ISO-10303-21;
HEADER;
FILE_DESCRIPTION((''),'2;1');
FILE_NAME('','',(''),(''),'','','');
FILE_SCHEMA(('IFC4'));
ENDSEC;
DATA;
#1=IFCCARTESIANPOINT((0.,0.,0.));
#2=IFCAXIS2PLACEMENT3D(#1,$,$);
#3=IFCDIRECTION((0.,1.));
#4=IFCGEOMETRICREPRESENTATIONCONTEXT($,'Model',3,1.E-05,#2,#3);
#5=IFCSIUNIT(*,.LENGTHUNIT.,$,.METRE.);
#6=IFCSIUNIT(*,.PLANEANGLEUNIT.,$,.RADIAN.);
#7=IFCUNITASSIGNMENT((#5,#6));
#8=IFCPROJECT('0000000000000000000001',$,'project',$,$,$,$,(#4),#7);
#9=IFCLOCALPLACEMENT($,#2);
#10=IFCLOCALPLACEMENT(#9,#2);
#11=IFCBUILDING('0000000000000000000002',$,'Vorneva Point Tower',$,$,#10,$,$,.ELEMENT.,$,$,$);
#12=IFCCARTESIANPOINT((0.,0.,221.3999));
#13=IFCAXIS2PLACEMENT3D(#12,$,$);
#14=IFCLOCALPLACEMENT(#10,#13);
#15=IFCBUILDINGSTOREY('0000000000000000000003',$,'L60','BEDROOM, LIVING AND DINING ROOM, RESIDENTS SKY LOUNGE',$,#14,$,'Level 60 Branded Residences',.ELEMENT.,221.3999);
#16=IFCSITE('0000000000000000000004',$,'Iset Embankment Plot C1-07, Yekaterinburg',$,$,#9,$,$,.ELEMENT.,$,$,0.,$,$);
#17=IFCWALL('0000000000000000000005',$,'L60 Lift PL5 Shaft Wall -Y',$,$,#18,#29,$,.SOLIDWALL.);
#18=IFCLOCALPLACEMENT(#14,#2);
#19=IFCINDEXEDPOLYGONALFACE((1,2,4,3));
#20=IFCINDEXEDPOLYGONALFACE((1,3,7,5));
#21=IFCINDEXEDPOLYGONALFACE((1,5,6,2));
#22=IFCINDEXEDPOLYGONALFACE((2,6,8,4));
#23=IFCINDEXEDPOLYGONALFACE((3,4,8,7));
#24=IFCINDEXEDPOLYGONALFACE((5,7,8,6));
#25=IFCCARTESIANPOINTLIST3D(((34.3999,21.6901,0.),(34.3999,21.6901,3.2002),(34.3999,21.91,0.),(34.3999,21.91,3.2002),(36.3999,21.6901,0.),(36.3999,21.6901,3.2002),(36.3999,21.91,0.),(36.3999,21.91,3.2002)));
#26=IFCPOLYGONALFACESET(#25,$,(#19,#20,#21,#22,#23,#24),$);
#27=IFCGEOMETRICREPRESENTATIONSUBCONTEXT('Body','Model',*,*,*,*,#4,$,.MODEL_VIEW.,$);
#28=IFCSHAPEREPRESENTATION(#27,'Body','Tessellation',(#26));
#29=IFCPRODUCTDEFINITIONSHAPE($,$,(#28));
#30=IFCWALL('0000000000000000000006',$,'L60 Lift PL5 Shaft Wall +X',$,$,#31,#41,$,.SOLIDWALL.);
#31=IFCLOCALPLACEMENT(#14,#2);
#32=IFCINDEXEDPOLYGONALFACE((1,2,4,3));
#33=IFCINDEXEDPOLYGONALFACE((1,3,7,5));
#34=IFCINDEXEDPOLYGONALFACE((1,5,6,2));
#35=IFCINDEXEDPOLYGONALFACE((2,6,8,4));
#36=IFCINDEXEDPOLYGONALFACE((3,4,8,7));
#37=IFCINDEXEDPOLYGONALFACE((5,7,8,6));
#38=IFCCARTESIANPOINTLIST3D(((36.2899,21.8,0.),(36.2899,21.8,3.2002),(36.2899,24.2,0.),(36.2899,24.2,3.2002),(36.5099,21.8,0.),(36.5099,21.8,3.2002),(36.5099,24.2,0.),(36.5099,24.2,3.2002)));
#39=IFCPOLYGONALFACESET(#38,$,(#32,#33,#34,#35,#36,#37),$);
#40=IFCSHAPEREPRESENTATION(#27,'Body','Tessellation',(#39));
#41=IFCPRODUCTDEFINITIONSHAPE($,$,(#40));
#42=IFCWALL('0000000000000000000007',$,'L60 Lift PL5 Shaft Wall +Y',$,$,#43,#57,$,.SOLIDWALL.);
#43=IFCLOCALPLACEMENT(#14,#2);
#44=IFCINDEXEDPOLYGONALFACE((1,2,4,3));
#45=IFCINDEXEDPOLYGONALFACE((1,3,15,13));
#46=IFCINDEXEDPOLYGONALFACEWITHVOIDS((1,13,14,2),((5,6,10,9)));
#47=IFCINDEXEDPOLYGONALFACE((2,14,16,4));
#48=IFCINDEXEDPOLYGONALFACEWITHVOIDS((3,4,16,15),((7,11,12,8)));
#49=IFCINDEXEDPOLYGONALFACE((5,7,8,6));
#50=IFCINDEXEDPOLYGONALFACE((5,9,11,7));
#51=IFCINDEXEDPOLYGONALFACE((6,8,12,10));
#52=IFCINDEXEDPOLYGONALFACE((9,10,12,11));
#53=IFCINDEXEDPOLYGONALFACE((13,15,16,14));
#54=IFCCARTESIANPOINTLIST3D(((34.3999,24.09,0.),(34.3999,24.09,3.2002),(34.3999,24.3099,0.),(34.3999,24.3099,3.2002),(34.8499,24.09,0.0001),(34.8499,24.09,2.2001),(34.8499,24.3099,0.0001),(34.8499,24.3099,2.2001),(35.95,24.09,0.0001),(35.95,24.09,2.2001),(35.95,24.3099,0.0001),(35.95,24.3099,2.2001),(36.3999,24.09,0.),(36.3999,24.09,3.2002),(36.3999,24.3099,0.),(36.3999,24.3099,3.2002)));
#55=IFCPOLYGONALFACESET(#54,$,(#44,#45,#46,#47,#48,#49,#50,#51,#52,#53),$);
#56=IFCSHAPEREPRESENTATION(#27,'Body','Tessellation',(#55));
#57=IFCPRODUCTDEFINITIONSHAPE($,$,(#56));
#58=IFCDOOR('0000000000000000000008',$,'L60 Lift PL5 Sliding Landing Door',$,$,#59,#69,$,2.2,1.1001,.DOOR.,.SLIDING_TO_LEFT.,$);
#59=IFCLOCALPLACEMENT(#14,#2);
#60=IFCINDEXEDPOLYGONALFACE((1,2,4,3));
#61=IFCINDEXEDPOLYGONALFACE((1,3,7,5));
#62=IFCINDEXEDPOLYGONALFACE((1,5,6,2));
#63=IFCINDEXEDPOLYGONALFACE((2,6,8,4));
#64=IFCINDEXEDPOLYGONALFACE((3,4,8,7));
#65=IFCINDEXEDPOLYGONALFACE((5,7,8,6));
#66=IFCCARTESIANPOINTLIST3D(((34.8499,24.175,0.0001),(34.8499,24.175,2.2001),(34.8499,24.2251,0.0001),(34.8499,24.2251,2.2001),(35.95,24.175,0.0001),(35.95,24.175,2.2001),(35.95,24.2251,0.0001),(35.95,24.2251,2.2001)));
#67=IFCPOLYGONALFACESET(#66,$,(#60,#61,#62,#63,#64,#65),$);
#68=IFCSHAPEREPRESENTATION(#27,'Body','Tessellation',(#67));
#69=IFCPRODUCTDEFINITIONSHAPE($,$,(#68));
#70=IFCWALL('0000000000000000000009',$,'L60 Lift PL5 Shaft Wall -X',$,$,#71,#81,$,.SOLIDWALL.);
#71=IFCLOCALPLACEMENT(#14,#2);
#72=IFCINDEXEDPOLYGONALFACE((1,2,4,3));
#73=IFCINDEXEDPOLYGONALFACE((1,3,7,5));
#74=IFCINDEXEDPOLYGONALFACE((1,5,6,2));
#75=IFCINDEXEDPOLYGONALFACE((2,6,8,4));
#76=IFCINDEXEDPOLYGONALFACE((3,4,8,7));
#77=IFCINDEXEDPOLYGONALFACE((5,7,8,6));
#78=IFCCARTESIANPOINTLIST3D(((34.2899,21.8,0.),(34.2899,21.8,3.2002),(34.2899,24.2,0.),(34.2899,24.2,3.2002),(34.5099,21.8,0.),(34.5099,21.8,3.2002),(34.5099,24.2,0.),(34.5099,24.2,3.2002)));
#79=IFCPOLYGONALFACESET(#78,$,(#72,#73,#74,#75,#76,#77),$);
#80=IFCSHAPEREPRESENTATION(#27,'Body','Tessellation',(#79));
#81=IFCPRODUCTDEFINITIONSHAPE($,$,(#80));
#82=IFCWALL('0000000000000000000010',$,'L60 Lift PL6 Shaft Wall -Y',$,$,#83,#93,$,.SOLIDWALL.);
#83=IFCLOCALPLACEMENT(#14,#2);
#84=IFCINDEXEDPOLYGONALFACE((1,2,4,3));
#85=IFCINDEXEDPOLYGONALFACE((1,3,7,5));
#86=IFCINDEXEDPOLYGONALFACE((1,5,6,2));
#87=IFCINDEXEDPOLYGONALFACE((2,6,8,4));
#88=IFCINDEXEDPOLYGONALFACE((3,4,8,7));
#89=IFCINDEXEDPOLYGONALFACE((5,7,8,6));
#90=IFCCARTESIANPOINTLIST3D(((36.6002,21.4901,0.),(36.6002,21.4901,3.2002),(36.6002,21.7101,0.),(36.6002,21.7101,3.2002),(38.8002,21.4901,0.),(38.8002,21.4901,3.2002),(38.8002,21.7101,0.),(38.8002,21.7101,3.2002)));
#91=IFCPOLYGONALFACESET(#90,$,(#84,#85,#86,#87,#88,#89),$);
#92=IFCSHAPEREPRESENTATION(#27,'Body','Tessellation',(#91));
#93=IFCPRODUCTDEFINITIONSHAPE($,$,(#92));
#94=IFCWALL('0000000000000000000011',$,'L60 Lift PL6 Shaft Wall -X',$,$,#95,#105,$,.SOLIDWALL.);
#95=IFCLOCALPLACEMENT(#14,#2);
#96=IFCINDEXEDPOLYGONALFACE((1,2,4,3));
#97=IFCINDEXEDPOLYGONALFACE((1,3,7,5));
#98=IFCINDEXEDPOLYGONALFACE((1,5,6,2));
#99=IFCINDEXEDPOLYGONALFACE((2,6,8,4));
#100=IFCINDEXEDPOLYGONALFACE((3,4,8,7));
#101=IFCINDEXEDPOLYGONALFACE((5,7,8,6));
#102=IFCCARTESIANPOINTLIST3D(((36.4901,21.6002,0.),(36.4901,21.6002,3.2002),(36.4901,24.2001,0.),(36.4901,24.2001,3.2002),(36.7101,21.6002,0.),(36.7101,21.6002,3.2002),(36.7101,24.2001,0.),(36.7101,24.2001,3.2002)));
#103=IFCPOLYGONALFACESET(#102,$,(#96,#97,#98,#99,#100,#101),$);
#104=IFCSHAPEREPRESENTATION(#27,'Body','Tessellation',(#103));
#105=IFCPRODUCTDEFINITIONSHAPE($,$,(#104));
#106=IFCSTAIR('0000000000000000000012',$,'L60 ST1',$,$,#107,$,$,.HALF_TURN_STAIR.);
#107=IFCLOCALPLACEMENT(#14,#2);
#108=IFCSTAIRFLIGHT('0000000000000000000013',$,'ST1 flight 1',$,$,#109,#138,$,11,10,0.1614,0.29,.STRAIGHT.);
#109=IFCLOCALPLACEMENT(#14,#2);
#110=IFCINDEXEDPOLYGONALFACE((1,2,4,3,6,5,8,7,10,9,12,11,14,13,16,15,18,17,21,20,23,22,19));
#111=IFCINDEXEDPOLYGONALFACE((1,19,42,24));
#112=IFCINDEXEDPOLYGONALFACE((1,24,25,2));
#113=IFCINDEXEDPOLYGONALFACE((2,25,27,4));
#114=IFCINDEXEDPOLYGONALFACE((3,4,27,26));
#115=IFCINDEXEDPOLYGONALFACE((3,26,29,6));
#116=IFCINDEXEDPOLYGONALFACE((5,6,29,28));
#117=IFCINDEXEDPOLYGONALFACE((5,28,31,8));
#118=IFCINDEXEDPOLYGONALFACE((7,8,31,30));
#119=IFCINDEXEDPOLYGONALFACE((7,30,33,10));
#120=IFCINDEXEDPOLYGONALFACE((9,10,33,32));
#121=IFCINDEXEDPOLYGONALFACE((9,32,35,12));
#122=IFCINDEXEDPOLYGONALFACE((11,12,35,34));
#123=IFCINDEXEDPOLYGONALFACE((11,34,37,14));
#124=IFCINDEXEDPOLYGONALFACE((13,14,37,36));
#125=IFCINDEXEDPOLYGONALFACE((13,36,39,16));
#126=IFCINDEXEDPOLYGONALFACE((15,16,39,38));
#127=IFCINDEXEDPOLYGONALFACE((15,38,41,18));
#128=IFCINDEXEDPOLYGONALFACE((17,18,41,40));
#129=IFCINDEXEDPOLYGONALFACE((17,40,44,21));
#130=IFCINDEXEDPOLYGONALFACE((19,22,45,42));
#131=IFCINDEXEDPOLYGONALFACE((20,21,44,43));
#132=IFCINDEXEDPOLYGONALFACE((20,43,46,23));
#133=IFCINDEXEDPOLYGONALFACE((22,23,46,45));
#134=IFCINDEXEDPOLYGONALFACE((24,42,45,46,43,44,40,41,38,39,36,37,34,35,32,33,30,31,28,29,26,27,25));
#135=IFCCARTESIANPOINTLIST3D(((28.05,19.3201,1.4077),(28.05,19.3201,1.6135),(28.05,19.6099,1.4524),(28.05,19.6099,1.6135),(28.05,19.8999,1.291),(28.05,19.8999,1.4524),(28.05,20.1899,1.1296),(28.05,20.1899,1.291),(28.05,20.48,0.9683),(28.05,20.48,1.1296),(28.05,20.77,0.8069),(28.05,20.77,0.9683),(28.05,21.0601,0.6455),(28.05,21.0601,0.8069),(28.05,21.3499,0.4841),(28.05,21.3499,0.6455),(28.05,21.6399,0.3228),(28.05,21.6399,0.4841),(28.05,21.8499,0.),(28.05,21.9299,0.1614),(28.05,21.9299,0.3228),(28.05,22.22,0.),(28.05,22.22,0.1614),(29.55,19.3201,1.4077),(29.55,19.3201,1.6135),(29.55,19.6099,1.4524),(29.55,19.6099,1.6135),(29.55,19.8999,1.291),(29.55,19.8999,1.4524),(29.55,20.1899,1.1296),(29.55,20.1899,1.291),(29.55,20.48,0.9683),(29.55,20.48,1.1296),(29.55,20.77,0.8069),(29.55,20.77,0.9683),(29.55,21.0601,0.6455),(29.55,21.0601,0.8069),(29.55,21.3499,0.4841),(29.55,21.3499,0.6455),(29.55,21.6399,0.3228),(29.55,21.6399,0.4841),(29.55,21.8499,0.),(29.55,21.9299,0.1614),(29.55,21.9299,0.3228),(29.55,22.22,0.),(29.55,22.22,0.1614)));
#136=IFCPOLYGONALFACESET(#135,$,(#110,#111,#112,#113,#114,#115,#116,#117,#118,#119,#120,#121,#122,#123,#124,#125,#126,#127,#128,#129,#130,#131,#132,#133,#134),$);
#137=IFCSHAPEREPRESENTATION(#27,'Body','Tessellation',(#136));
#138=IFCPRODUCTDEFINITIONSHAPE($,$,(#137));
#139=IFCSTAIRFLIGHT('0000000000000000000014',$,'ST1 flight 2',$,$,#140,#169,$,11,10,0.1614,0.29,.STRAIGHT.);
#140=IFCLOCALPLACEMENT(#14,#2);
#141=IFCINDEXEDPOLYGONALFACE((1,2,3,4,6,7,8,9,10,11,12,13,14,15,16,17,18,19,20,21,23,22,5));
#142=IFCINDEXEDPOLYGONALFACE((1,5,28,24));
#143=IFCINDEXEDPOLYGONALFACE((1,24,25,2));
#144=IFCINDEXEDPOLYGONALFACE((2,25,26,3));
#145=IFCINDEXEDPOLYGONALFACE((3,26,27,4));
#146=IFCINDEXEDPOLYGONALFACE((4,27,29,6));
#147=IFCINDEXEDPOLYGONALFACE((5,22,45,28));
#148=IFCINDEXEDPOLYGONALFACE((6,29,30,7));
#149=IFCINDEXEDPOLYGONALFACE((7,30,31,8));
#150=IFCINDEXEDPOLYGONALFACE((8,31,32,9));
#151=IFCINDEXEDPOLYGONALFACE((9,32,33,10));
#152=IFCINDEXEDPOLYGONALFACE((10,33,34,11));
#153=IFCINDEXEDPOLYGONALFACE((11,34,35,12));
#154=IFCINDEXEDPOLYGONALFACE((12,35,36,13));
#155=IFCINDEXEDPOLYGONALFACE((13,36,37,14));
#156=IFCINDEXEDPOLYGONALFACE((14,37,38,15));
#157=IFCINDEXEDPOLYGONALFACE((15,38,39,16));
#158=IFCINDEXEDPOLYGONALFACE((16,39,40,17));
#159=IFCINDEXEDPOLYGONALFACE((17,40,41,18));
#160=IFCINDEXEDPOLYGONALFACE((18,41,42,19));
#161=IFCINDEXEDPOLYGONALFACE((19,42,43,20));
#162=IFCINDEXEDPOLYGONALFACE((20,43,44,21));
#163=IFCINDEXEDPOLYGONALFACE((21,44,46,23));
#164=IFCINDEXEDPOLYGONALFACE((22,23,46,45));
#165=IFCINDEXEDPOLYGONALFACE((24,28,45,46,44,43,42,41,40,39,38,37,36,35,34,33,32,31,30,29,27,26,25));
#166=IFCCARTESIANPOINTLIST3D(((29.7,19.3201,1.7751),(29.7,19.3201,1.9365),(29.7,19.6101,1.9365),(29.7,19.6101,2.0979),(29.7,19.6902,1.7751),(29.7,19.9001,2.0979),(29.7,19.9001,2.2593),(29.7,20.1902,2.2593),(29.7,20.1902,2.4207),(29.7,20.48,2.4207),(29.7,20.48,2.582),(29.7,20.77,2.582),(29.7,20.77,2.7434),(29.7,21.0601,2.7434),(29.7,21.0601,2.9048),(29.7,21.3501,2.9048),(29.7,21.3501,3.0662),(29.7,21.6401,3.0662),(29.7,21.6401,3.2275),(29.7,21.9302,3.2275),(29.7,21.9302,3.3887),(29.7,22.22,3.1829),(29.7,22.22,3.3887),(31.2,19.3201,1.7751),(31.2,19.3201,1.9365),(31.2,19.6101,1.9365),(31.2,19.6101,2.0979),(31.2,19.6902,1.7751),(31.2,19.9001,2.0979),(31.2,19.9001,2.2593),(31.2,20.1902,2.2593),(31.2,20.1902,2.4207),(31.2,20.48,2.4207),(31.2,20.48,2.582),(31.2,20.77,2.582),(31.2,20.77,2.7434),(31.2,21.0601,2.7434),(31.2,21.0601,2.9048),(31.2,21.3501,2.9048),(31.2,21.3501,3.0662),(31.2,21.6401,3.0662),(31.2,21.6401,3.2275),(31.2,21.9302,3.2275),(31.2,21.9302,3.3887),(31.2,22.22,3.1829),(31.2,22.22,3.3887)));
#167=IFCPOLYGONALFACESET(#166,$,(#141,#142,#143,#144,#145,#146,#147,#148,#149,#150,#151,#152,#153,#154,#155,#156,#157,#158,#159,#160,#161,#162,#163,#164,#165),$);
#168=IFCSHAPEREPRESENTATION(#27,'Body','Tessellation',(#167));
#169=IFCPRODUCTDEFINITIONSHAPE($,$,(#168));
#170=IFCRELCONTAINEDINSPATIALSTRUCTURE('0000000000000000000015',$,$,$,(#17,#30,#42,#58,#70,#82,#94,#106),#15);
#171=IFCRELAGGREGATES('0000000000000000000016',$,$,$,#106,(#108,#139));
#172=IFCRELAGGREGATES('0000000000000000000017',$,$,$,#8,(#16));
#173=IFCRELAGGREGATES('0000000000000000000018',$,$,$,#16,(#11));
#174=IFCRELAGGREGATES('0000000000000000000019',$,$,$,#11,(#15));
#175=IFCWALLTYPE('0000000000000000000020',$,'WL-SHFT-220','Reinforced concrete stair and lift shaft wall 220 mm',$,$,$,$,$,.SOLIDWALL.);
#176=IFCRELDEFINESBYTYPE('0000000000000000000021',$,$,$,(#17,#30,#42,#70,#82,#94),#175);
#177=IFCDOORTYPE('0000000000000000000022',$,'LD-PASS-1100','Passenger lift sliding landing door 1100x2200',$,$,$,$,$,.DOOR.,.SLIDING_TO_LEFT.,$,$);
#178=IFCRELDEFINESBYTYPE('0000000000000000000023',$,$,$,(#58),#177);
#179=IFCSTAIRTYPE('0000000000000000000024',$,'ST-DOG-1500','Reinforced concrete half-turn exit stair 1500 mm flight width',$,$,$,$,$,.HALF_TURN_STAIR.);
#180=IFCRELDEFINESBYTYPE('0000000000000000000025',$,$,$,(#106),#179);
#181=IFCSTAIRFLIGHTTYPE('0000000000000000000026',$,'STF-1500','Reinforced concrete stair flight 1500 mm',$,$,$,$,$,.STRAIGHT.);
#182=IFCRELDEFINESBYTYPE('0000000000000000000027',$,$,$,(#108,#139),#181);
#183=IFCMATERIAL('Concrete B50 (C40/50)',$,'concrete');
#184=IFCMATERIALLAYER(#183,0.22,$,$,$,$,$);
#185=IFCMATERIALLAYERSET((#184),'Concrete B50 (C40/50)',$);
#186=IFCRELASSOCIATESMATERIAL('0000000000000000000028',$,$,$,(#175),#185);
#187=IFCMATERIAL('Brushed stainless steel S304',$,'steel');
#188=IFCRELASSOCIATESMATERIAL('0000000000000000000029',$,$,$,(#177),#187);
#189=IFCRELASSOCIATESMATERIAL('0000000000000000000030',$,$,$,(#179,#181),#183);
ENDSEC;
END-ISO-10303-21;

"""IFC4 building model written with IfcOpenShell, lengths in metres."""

from ifc_helpers import new_model, si_unit, direction, frame, frame_2d, origin, place, context, subcontext, project, spatial, polyline, rectangle, outline, extrude, material, layer, layer_set, type_object, element, fill, aggregate, save


model = new_model("IFC4")

# Units and contexts
model_context = context("Model", 3, precision=1e-05, world=origin(), true_north=direction((0.0, 1.0)))
body_context = subcontext(model_context, "Body", "Model", "MODEL_VIEW")
ifc_project = project(units=[si_unit("LENGTHUNIT", "METRE"), si_unit("PLANEANGLEUNIT", "RADIAN")], contexts=[model_context])

# Site, building, storey
site_placement = place(None, origin())
site = spatial("IfcSite", under=ifc_project, at=site_placement, Name="Iset Embankment Plot C1-07, Yekaterinburg", CompositionType="ELEMENT", RefElevation=0.0)
building_placement = place(site_placement, origin())
building = spatial("IfcBuilding", under=site, at=building_placement, Name="Vorneva Point Tower", CompositionType="ELEMENT")
storey_placement = place(building_placement, frame((0.0, 0.0, 221.3999)))
storey = spatial("IfcBuildingStorey", under=building, at=storey_placement, Name="L60", Description="BEDROOM, LIVING AND DINING ROOM, RESIDENTS SKY LOUNGE", LongName="Level 60 Branded Residences", CompositionType="ELEMENT", Elevation=221.3999)

# Shared definitions
ifc_material_1 = material(Name="Concrete B50 (C40/50)", Category="concrete")

# Shared definitions
ifc_layer_1 = layer(ifc_material_1, 0.22)
ifc_layer_set_1 = layer_set([ifc_layer_1], Name="Concrete B50 (C40/50)")
wall_type_1 = type_object("IfcWallType", Name="WL-SHFT-220", Description="Reinforced concrete stair and lift shaft wall 220 mm", PredefinedType="SOLIDWALL", material=ifc_layer_set_1)

# Shared definitions
ifc_material_2 = material(Name="Brushed stainless steel S304", Category="steel")
door_type_1 = type_object("IfcDoorType", Name="LD-PASS-1100", Description="Passenger lift sliding landing door 1100x2200", OperationType="SLIDING_TO_LEFT", PredefinedType="DOOR", material=ifc_material_2)

# Walls
wall_1_placement = place(storey_placement, frame((34.3999, 21.8, 0.0), z_axis=(0.0, 0.0, 1.0), x_axis=(1.0, 0.0, 0.0)))
element("IfcWall", 1, at=wall_1_placement, inside=storey, type_object=wall_type_1, Name="L60 Lift PL5 Shaft Wall -Y", PredefinedType="SOLIDWALL", context=body_context, shape_type="SweptSolid", body=[
    extrude(rectangle(XDim=2.0, YDim=0.22, at=frame_2d((1.0, 0.0))), origin(), (0.0, 0.0, 1.0), 3.2002),
])
wall_2_placement = place(storey_placement, frame((36.3999, 21.8, 0.0), z_axis=(0.0, 0.0, 1.0), x_axis=(0.0, 1.0, 0.0)))
element("IfcWall", 2, at=wall_2_placement, inside=storey, type_object=wall_type_1, Name="L60 Lift PL5 Shaft Wall +X", PredefinedType="SOLIDWALL", context=body_context, shape_type="SweptSolid", body=[
    extrude(rectangle(XDim=2.3999, YDim=0.22, at=frame_2d((1.2, 0.0))), origin(), (0.0, 0.0, 1.0), 3.2002),
])

# Wall, opening, door
wall_3_placement = place(storey_placement, frame((36.3999, 24.2, 0.0), z_axis=(0.0, 0.0, 1.0), x_axis=(-1.0, 0.0, 0.0)))
wall_3 = element("IfcWall", 3, at=wall_3_placement, inside=storey, type_object=wall_type_1, Name="L60 Lift PL5 Shaft Wall +Y", PredefinedType="SOLIDWALL", context=body_context, shape_type="SweptSolid", body=[
    extrude(rectangle(XDim=2.0, YDim=0.22, at=frame_2d((1.0, 0.0))), origin(), (0.0, 0.0, 1.0), 3.2002),
])
opening_1_placement = place(wall_3_placement, frame((0.45, 0.0, 0.0)))
opening_1 = element("IfcOpeningElement", 4, at=opening_1_placement, cuts=wall_3, PredefinedType="OPENING", context=body_context, shape_type="SweptSolid", body=[
    extrude(rectangle(XDim=1.1001, YDim=2.2, at=frame_2d((0.55, 1.1001))), frame((0.0, 0.125, 0.0), z_axis=(0.0, -1.0, 0.0), x_axis=(1.0, 0.0, 0.0)), (0.0, 0.0, 1.0), 0.2498),
])
door_1_placement = place(opening_1_placement, origin())
door_1 = element("IfcDoor", 5, at=door_1_placement, inside=storey, type_object=door_type_1, Name="L60 Lift PL5 Sliding Landing Door", OperationType="SLIDING_TO_LEFT", OverallHeight=2.2, OverallWidth=1.1001, PredefinedType="DOOR", context=body_context, shape_type="SweptSolid", body=[
    extrude(rectangle(XDim=1.1001, YDim=2.2, at=frame_2d((0.55, 1.1001))), frame((0.0, 0.0249, 0.0), z_axis=(0.0, -1.0, 0.0), x_axis=(1.0, 0.0, 0.0)), (0.0, 0.0, 1.0), 0.05),
])
fill(opening_1, door_1)

# Walls
wall_4_placement = place(storey_placement, frame((34.3999, 24.2, 0.0), z_axis=(0.0, 0.0, 1.0), x_axis=(0.0, -1.0, 0.0)))
element("IfcWall", 6, at=wall_4_placement, inside=storey, type_object=wall_type_1, Name="L60 Lift PL5 Shaft Wall -X", PredefinedType="SOLIDWALL", context=body_context, shape_type="SweptSolid", body=[
    extrude(rectangle(XDim=2.3999, YDim=0.22, at=frame_2d((1.2, 0.0))), origin(), (0.0, 0.0, 1.0), 3.2002),
])
wall_5_placement = place(storey_placement, frame((36.6001, 21.6001, 0.0), z_axis=(0.0, 0.0, 1.0), x_axis=(1.0, 0.0, 0.0)))
element("IfcWall", 7, at=wall_5_placement, inside=storey, type_object=wall_type_1, Name="L60 Lift PL6 Shaft Wall -Y", PredefinedType="SOLIDWALL", context=body_context, shape_type="SweptSolid", body=[
    extrude(rectangle(XDim=2.2, YDim=0.22, at=frame_2d((1.1001, 0.0))), origin(), (0.0, 0.0, 1.0), 3.2002),
])
wall_6_placement = place(storey_placement, frame((36.6001, 24.2, 0.0), z_axis=(0.0, 0.0, 1.0), x_axis=(0.0, -1.0, 0.0)))
element("IfcWall", 8, at=wall_6_placement, inside=storey, type_object=wall_type_1, Name="L60 Lift PL6 Shaft Wall -X", PredefinedType="SOLIDWALL", context=body_context, shape_type="SweptSolid", body=[
    extrude(rectangle(XDim=2.5999, YDim=0.22, at=frame_2d((1.2998, 0.0))), origin(), (0.0, 0.0, 1.0), 3.2002),
])

# Stair, stair flights
stair_type = type_object("IfcStairType", Name="ST-DOG-1500", Description="Reinforced concrete half-turn exit stair 1500 mm flight width", PredefinedType="HALF_TURN_STAIR", material=ifc_material_1)
stair_placement = place(storey_placement, origin())
stair = element("IfcStair", 9, at=stair_placement, inside=storey, type_object=stair_type, Name="L60 ST1", PredefinedType="HALF_TURN_STAIR")
stair_flight_type = type_object("IfcStairFlightType", Name="STF-1500", Description="Reinforced concrete stair flight 1500 mm", PredefinedType="STRAIGHT", material=ifc_material_1)
stair_flight_1_placement = place(storey_placement, frame((28.8, 22.22, 0.0), z_axis=(0.0, 0.0, 1.0), x_axis=(0.0, -1.0, 0.0)))
stair_flight_1 = element("IfcStairFlight", 10, at=stair_flight_1_placement, type_object=stair_flight_type, Name="ST1 flight 1", NumberOfRisers=11, NumberOfTreads=10, PredefinedType="STRAIGHT", RiserHeight=0.1614, TreadLength=0.29, context=body_context, shape_type="SweptSolid", body=[
    extrude(outline(polyline([(0.0, 0.0), (0.0, 0.1614), (0.29, 0.1614), (0.29, 0.3228), (0.5801, 0.3228), (0.5801, 0.4841), (0.8701, 0.4841), (0.8701, 0.6455), (1.1599, 0.6455), (1.1599, 0.8069), (1.45, 0.8069), (1.45, 0.9683), (1.74, 0.9683), (1.74, 1.1296), (2.03, 1.1296), (2.03, 1.291), (2.3201, 1.291), (2.3201, 1.4524), (2.6101, 1.4524), (2.6101, 1.6135), (2.8999, 1.6135), (2.8999, 1.7749), (2.8999, 1.4077), (0.3701, 0.0), (0.0, 0.0)])), frame((0.0, 0.75, 0.0), z_axis=(0.0, -1.0, 0.0), x_axis=(1.0, 0.0, 0.0)), (0.0, 0.0, 1.0), 1.5),
])
stair_flight_2_placement = place(storey_placement, frame((30.45, 19.3201, 1.7751), z_axis=(0.0, 0.0, 1.0), x_axis=(0.0, 1.0, 0.0)))
stair_flight_2 = element("IfcStairFlight", 11, at=stair_flight_2_placement, type_object=stair_flight_type, Name="ST1 flight 2", NumberOfRisers=11, NumberOfTreads=10, PredefinedType="STRAIGHT", RiserHeight=0.1614, TreadLength=0.29, context=body_context, shape_type="SweptSolid", body=[
    extrude(outline(polyline([(0.0, 0.0), (0.0, 0.1614), (0.29, 0.1614), (0.29, 0.3228), (0.5801, 0.3228), (0.5801, 0.4841), (0.8701, 0.4841), (0.8701, 0.6455), (1.1599, 0.6455), (1.1599, 0.8069), (1.45, 0.8069), (1.45, 0.9683), (1.74, 0.9683), (1.74, 1.1296), (2.03, 1.1296), (2.03, 1.291), (2.3201, 1.291), (2.3201, 1.4524), (2.6101, 1.4524), (2.6101, 1.6135), (2.8999, 1.6135), (2.8999, 1.7749), (2.8999, 1.4077), (0.3701, 0.0), (0.0, 0.0)])), frame((0.0, 0.75, 0.0), z_axis=(0.0, -1.0, 0.0), x_axis=(1.0, 0.0, 0.0)), (0.0, 0.0, 1.0), 1.5),
])
aggregate(stair, [stair_flight_1, stair_flight_2])

save(model, "model.ifc")
